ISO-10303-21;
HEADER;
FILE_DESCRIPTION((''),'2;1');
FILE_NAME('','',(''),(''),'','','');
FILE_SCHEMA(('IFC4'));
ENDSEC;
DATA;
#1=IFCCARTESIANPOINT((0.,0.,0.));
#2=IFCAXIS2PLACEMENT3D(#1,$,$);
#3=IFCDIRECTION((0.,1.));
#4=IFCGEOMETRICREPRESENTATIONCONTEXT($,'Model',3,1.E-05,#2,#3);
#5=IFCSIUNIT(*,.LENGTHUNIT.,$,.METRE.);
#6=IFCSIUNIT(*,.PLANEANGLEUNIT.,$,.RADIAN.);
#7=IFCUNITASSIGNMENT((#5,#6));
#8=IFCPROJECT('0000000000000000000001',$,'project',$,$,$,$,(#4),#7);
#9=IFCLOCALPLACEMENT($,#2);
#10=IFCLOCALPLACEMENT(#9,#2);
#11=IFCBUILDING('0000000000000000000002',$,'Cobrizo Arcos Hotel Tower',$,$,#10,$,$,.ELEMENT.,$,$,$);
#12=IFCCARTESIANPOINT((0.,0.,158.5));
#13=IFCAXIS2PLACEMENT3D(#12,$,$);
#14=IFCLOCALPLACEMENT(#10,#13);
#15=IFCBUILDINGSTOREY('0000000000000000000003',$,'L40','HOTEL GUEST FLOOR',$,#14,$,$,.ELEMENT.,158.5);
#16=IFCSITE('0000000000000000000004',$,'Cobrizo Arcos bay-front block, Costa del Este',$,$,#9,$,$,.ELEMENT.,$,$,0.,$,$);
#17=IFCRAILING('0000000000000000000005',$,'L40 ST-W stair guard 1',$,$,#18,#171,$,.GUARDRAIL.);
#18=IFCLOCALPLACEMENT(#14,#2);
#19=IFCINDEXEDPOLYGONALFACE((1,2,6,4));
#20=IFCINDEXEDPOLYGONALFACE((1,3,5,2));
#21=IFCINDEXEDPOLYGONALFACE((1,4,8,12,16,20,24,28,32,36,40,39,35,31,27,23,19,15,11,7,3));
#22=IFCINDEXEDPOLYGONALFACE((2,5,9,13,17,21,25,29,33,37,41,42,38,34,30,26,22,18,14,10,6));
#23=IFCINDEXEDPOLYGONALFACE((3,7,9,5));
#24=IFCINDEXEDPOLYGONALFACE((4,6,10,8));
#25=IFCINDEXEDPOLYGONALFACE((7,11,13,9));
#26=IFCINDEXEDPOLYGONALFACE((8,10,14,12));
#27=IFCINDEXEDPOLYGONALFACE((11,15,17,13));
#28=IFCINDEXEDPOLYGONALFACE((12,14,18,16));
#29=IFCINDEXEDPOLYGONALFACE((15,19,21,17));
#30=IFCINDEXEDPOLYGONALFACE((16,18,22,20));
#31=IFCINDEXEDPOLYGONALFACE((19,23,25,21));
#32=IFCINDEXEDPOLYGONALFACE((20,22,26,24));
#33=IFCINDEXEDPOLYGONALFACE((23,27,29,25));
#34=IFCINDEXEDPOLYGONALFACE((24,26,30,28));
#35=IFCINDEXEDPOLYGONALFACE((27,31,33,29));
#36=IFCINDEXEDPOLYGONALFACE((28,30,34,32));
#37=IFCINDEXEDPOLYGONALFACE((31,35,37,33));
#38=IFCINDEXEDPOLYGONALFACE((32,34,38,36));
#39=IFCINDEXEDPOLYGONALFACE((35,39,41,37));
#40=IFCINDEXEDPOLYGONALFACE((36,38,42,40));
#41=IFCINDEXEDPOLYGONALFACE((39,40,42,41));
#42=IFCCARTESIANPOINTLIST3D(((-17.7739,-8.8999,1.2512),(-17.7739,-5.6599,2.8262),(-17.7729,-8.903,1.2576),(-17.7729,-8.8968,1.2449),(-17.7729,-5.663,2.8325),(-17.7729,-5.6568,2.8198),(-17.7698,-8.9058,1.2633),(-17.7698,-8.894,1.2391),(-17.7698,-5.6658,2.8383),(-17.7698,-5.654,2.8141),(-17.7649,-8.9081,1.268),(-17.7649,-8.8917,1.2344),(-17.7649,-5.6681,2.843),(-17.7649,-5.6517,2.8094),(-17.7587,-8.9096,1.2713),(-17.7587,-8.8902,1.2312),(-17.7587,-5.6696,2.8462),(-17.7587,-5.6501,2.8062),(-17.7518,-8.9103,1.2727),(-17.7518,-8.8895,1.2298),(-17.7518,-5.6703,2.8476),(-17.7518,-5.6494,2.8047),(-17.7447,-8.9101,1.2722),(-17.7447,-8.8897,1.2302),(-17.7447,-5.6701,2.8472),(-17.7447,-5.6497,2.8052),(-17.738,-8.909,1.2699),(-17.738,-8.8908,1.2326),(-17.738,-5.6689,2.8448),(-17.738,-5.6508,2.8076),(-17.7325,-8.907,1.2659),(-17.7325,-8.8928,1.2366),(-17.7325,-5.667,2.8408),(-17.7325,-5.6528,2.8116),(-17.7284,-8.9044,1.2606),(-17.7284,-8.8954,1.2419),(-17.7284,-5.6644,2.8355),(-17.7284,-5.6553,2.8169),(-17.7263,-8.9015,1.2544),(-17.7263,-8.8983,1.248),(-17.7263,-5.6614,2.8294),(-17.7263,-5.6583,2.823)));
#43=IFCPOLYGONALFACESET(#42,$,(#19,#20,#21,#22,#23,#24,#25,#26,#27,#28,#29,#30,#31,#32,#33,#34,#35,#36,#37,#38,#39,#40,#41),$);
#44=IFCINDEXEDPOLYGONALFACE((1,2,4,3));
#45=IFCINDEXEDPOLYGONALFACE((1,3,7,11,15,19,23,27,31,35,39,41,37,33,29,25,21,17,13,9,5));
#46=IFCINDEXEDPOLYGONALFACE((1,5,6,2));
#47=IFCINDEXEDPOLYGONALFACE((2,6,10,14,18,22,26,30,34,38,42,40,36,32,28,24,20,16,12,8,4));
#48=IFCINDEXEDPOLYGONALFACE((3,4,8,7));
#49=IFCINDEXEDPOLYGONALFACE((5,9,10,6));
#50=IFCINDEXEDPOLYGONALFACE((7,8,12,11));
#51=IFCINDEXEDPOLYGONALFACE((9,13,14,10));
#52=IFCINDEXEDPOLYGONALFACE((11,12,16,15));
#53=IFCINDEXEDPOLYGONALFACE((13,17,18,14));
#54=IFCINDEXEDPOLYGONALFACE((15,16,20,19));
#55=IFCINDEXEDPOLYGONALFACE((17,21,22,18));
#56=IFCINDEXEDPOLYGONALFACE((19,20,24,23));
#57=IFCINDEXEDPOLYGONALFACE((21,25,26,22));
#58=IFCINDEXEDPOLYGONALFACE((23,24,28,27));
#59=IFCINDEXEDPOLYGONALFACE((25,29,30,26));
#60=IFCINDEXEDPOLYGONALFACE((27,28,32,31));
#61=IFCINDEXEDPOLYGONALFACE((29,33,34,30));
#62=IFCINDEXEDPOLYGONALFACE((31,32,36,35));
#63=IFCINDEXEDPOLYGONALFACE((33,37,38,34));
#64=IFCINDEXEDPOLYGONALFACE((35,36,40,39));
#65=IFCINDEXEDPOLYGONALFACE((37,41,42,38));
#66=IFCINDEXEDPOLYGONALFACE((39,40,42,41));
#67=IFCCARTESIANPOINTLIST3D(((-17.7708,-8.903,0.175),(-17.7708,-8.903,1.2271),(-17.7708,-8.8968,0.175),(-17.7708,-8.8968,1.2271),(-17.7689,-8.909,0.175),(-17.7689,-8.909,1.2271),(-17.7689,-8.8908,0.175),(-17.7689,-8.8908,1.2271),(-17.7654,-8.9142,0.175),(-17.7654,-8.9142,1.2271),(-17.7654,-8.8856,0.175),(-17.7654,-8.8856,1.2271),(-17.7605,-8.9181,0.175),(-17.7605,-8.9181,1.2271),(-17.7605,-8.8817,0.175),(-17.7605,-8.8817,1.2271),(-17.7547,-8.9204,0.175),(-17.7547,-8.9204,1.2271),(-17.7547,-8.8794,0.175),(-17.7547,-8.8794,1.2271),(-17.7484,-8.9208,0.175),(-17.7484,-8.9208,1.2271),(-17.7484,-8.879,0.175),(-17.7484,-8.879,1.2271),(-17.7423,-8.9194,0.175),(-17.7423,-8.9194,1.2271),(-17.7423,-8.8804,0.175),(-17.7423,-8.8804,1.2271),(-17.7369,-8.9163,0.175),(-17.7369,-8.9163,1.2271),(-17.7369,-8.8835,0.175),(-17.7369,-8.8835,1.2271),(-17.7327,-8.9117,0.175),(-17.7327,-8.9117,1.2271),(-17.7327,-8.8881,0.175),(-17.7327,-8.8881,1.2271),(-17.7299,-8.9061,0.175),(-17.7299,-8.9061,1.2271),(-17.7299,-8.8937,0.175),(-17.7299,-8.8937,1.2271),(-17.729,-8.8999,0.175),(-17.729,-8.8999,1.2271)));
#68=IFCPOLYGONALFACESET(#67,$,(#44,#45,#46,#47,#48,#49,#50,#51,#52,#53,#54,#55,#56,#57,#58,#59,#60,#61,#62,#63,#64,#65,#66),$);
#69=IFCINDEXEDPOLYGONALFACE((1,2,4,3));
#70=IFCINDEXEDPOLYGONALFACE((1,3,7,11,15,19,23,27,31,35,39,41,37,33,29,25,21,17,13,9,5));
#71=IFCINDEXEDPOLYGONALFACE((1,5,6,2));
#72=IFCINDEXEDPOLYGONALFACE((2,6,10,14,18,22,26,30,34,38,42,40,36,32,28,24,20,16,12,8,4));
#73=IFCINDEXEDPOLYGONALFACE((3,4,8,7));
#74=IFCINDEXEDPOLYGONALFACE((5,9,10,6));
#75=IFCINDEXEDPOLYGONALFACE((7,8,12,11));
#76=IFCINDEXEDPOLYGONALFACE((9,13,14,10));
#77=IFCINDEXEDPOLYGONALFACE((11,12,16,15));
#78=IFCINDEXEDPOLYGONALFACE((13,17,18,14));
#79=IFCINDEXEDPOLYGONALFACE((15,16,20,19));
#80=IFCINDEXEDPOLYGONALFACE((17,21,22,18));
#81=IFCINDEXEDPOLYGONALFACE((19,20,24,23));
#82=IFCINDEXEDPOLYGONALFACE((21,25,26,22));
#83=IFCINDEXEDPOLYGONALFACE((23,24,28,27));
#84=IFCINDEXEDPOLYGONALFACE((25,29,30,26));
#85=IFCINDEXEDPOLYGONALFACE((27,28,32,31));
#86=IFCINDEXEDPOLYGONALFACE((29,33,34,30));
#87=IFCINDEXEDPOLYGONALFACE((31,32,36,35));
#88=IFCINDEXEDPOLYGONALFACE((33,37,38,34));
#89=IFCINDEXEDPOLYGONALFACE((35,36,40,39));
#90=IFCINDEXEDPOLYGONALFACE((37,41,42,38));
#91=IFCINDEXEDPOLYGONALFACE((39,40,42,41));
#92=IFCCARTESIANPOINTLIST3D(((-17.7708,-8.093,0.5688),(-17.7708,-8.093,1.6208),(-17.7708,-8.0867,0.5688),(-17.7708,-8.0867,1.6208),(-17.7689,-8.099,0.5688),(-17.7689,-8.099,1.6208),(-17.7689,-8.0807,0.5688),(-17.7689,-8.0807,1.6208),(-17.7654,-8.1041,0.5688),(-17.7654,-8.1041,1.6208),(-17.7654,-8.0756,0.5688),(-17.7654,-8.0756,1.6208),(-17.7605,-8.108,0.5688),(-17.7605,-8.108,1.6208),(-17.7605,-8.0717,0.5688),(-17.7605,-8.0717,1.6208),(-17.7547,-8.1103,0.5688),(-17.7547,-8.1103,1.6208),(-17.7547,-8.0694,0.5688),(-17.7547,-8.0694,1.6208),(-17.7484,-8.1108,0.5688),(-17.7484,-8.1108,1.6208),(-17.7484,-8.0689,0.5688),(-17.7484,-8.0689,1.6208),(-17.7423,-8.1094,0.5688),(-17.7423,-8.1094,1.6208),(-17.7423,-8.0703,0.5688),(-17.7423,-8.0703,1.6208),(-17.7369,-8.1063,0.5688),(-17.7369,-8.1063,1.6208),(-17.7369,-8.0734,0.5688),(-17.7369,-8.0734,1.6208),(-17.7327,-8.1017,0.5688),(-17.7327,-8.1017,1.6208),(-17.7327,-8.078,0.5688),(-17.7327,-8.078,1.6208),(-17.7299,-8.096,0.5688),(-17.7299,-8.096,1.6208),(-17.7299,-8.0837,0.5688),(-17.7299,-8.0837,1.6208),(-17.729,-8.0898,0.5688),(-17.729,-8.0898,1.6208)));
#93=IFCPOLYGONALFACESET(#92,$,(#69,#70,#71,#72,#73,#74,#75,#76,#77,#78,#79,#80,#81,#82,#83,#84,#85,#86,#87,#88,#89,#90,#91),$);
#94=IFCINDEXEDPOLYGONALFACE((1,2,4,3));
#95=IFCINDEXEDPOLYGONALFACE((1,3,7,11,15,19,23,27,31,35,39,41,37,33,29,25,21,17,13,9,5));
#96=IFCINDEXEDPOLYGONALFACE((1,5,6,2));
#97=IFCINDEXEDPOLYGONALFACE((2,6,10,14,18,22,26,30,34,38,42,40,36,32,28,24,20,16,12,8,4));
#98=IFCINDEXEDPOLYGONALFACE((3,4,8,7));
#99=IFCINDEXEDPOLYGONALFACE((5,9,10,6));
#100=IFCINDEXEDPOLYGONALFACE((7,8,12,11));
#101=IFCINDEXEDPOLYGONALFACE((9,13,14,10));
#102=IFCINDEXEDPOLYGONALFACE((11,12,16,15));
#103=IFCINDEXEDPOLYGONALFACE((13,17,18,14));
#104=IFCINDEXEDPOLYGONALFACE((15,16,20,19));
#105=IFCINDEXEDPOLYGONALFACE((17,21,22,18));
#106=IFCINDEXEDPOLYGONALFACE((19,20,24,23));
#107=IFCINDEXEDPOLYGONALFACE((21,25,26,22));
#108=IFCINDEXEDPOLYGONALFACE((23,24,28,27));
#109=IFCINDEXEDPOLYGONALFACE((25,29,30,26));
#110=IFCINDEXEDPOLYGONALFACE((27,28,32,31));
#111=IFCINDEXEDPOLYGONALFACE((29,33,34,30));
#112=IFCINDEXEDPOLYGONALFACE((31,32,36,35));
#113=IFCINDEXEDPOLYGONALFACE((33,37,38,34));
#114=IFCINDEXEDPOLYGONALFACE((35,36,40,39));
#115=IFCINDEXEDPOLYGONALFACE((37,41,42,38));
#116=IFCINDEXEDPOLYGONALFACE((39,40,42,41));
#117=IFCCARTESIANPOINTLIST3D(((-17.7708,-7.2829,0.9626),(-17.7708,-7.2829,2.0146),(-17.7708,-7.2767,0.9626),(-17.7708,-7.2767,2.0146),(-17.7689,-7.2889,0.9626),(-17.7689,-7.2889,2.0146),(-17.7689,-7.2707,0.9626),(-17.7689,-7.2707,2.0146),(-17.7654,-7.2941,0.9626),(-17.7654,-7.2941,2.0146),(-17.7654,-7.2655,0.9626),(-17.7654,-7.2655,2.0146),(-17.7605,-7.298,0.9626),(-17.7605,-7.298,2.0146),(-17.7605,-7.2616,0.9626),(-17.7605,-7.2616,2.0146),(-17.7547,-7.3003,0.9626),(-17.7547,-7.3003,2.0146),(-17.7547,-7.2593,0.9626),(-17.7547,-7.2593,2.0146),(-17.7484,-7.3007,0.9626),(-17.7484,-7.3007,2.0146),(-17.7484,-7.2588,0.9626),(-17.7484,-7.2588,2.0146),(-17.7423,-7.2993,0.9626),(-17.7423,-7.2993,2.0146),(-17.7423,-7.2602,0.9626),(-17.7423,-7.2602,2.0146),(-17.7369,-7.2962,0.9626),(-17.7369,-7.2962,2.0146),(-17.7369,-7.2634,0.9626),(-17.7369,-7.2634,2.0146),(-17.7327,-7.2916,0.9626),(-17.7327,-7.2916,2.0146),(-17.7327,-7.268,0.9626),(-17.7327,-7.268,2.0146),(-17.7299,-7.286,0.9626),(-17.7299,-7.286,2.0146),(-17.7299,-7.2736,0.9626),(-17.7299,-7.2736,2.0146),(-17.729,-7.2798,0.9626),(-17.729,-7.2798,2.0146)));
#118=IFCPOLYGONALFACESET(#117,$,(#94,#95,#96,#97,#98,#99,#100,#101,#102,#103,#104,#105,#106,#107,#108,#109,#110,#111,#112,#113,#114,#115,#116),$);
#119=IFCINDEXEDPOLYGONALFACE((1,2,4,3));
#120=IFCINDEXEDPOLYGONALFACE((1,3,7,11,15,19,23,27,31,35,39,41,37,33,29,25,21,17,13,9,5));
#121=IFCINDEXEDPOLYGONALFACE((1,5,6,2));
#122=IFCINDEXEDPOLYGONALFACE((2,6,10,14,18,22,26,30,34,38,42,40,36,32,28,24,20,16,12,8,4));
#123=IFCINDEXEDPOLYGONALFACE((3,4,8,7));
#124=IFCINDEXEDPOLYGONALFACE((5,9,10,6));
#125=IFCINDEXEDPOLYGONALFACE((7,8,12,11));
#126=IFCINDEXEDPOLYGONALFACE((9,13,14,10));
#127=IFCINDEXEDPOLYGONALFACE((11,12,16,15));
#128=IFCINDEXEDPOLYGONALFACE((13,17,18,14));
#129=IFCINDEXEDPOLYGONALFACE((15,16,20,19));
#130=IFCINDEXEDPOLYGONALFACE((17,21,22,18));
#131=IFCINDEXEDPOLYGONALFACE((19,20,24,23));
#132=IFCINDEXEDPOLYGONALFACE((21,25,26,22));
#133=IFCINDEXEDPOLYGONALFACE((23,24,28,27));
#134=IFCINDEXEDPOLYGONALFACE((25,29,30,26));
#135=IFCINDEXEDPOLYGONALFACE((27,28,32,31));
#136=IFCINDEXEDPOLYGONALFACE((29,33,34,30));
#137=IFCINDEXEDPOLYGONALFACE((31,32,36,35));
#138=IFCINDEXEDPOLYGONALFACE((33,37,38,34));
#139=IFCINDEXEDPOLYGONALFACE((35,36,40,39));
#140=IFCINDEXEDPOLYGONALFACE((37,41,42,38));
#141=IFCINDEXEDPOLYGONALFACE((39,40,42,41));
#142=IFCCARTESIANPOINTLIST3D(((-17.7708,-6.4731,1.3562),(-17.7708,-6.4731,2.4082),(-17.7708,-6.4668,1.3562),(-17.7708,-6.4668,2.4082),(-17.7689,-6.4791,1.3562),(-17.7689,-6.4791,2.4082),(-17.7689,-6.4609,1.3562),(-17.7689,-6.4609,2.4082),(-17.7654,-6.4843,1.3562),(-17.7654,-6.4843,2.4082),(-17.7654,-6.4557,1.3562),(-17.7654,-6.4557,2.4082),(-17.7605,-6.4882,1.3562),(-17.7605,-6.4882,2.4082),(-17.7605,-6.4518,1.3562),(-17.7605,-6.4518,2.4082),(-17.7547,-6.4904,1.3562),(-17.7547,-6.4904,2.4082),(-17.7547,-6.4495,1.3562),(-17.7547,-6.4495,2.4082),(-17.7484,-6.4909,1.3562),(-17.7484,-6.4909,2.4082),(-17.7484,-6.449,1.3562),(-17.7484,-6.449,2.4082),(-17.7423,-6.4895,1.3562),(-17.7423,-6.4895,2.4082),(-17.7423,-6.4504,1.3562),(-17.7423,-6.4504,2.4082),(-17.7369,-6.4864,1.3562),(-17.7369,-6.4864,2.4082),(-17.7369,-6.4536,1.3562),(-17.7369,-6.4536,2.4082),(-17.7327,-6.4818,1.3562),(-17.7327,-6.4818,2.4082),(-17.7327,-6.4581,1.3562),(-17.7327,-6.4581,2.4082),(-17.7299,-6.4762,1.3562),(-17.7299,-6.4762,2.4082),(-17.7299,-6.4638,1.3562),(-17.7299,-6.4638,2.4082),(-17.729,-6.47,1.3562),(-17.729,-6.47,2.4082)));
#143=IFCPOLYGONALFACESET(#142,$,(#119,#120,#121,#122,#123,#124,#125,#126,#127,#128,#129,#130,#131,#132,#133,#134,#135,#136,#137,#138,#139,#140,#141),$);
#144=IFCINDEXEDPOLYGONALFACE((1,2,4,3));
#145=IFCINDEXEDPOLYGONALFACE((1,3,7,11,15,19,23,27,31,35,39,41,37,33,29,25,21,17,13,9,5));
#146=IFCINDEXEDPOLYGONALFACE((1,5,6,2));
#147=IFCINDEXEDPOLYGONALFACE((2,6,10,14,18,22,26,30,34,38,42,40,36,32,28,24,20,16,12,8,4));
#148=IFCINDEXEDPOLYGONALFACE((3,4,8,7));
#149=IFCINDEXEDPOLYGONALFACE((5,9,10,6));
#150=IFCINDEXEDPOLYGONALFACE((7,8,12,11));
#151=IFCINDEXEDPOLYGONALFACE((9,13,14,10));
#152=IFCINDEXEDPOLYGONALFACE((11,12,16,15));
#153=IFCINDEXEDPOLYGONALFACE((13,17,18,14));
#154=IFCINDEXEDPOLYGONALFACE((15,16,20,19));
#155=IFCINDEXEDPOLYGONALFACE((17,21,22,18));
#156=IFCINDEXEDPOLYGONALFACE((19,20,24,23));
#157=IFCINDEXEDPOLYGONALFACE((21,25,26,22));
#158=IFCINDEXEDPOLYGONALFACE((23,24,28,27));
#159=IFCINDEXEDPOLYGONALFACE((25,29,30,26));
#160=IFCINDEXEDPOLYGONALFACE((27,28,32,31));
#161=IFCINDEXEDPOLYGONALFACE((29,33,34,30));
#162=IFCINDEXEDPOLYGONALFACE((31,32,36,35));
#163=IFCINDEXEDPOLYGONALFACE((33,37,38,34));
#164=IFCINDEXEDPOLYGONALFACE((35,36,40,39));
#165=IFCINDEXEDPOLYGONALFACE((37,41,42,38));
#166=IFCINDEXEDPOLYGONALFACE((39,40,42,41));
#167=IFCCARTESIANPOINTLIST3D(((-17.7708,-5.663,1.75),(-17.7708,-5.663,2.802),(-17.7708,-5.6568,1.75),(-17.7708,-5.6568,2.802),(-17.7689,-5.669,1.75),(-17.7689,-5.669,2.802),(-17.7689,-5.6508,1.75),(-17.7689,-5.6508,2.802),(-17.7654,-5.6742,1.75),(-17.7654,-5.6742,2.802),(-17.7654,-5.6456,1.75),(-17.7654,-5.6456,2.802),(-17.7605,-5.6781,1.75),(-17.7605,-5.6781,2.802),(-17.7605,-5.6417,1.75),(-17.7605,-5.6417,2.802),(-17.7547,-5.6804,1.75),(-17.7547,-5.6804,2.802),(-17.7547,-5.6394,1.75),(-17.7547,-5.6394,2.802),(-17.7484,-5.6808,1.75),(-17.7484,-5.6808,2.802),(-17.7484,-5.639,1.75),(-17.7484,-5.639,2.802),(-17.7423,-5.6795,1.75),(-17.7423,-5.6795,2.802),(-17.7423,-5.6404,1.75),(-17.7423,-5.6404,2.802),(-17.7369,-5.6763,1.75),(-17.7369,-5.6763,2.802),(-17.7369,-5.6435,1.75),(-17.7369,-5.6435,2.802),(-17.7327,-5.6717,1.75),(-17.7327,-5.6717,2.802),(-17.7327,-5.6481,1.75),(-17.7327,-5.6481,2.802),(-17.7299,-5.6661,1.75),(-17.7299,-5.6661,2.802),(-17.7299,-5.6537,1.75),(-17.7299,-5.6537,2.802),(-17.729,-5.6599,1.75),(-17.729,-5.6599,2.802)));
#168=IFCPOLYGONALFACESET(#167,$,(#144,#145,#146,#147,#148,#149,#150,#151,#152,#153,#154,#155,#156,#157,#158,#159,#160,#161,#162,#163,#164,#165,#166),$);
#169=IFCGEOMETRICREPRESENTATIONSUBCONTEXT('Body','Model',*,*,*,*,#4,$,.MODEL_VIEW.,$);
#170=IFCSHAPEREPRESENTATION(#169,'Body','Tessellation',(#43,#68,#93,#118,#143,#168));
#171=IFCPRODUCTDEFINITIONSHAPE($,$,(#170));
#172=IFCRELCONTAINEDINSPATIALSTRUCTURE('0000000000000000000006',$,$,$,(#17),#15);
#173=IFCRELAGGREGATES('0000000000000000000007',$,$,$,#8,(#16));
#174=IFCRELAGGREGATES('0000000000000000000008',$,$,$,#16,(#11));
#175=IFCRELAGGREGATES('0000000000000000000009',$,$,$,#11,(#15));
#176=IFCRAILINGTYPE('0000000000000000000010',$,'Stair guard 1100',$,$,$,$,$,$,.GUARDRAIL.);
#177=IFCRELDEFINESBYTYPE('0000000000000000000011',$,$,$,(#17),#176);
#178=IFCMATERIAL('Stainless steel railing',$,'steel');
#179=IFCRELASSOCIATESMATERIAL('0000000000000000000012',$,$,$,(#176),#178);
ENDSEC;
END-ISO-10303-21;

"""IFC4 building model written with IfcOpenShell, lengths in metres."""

from ifc_helpers import new_model, si_unit, direction, frame, origin, origin_2d, place, context, subcontext, project, spatial, circle, extrude, material, type_object, element, save


model = new_model("IFC4")

# Units and contexts
model_context = context("Model", 3, precision=1e-05, world=origin(), true_north=direction((0.0, 1.0)))
body_context = subcontext(model_context, "Body", "Model", "MODEL_VIEW")
ifc_project = project(units=[si_unit("LENGTHUNIT", "METRE"), si_unit("PLANEANGLEUNIT", "RADIAN")], contexts=[model_context])

# Site, building, storey
site_placement = place(None, origin())
site = spatial("IfcSite", under=ifc_project, at=site_placement, Name="Cobrizo Arcos bay-front block, Costa del Este", CompositionType="ELEMENT", RefElevation=0.0)
building_placement = place(site_placement, origin())
building = spatial("IfcBuilding", under=site, at=building_placement, Name="Cobrizo Arcos Hotel Tower", CompositionType="ELEMENT")
storey_placement = place(building_placement, frame((0.0, 0.0, 158.5)))
storey = spatial("IfcBuildingStorey", under=building, at=storey_placement, Name="L40", Description="HOTEL GUEST FLOOR", CompositionType="ELEMENT", Elevation=158.5)

# Railing
ifc_material_1 = material(Name="Stainless steel railing", Category="steel")
railing_type_1 = type_object("IfcRailingType", Name="Stair guard 1100", PredefinedType="GUARDRAIL", material=ifc_material_1)
railing_1_placement = place(storey_placement, frame((-17.75, -8.8999, 0.175)))
element("IfcRailing", 1, at=railing_1_placement, inside=storey, type_object=railing_type_1, Name="L40 ST-W stair guard 1", PredefinedType="GUARDRAIL", context=body_context, shape_type="SweptSolid", body=[
    extrude(circle(Radius=0.0239, at=origin_2d()), frame((0.0, 0.0, 1.0762), z_axis=(0.0, 0.899373, 0.437183), x_axis=(-1.0, 0.0, 0.0)), (0.0, 0.0, 1.0), 3.6025),
    extrude(circle(Radius=0.021, at=origin_2d()), origin(), (0.0, 0.0, 1.0), 1.052),
    extrude(circle(Radius=0.021, at=origin_2d()), frame((0.0, 0.8101, 0.3938)), (0.0, 0.0, 1.0), 1.052),
    extrude(circle(Radius=0.021, at=origin_2d()), frame((0.0, 1.6201, 0.7876)), (0.0, 0.0, 1.0), 1.052),
    extrude(circle(Radius=0.021, at=origin_2d()), frame((0.0, 2.4299, 1.1812)), (0.0, 0.0, 1.0), 1.052),
    extrude(circle(Radius=0.021, at=origin_2d()), frame((0.0, 3.24, 1.575)), (0.0, 0.0, 1.0), 1.052),
])

save(model, "model.ifc")
